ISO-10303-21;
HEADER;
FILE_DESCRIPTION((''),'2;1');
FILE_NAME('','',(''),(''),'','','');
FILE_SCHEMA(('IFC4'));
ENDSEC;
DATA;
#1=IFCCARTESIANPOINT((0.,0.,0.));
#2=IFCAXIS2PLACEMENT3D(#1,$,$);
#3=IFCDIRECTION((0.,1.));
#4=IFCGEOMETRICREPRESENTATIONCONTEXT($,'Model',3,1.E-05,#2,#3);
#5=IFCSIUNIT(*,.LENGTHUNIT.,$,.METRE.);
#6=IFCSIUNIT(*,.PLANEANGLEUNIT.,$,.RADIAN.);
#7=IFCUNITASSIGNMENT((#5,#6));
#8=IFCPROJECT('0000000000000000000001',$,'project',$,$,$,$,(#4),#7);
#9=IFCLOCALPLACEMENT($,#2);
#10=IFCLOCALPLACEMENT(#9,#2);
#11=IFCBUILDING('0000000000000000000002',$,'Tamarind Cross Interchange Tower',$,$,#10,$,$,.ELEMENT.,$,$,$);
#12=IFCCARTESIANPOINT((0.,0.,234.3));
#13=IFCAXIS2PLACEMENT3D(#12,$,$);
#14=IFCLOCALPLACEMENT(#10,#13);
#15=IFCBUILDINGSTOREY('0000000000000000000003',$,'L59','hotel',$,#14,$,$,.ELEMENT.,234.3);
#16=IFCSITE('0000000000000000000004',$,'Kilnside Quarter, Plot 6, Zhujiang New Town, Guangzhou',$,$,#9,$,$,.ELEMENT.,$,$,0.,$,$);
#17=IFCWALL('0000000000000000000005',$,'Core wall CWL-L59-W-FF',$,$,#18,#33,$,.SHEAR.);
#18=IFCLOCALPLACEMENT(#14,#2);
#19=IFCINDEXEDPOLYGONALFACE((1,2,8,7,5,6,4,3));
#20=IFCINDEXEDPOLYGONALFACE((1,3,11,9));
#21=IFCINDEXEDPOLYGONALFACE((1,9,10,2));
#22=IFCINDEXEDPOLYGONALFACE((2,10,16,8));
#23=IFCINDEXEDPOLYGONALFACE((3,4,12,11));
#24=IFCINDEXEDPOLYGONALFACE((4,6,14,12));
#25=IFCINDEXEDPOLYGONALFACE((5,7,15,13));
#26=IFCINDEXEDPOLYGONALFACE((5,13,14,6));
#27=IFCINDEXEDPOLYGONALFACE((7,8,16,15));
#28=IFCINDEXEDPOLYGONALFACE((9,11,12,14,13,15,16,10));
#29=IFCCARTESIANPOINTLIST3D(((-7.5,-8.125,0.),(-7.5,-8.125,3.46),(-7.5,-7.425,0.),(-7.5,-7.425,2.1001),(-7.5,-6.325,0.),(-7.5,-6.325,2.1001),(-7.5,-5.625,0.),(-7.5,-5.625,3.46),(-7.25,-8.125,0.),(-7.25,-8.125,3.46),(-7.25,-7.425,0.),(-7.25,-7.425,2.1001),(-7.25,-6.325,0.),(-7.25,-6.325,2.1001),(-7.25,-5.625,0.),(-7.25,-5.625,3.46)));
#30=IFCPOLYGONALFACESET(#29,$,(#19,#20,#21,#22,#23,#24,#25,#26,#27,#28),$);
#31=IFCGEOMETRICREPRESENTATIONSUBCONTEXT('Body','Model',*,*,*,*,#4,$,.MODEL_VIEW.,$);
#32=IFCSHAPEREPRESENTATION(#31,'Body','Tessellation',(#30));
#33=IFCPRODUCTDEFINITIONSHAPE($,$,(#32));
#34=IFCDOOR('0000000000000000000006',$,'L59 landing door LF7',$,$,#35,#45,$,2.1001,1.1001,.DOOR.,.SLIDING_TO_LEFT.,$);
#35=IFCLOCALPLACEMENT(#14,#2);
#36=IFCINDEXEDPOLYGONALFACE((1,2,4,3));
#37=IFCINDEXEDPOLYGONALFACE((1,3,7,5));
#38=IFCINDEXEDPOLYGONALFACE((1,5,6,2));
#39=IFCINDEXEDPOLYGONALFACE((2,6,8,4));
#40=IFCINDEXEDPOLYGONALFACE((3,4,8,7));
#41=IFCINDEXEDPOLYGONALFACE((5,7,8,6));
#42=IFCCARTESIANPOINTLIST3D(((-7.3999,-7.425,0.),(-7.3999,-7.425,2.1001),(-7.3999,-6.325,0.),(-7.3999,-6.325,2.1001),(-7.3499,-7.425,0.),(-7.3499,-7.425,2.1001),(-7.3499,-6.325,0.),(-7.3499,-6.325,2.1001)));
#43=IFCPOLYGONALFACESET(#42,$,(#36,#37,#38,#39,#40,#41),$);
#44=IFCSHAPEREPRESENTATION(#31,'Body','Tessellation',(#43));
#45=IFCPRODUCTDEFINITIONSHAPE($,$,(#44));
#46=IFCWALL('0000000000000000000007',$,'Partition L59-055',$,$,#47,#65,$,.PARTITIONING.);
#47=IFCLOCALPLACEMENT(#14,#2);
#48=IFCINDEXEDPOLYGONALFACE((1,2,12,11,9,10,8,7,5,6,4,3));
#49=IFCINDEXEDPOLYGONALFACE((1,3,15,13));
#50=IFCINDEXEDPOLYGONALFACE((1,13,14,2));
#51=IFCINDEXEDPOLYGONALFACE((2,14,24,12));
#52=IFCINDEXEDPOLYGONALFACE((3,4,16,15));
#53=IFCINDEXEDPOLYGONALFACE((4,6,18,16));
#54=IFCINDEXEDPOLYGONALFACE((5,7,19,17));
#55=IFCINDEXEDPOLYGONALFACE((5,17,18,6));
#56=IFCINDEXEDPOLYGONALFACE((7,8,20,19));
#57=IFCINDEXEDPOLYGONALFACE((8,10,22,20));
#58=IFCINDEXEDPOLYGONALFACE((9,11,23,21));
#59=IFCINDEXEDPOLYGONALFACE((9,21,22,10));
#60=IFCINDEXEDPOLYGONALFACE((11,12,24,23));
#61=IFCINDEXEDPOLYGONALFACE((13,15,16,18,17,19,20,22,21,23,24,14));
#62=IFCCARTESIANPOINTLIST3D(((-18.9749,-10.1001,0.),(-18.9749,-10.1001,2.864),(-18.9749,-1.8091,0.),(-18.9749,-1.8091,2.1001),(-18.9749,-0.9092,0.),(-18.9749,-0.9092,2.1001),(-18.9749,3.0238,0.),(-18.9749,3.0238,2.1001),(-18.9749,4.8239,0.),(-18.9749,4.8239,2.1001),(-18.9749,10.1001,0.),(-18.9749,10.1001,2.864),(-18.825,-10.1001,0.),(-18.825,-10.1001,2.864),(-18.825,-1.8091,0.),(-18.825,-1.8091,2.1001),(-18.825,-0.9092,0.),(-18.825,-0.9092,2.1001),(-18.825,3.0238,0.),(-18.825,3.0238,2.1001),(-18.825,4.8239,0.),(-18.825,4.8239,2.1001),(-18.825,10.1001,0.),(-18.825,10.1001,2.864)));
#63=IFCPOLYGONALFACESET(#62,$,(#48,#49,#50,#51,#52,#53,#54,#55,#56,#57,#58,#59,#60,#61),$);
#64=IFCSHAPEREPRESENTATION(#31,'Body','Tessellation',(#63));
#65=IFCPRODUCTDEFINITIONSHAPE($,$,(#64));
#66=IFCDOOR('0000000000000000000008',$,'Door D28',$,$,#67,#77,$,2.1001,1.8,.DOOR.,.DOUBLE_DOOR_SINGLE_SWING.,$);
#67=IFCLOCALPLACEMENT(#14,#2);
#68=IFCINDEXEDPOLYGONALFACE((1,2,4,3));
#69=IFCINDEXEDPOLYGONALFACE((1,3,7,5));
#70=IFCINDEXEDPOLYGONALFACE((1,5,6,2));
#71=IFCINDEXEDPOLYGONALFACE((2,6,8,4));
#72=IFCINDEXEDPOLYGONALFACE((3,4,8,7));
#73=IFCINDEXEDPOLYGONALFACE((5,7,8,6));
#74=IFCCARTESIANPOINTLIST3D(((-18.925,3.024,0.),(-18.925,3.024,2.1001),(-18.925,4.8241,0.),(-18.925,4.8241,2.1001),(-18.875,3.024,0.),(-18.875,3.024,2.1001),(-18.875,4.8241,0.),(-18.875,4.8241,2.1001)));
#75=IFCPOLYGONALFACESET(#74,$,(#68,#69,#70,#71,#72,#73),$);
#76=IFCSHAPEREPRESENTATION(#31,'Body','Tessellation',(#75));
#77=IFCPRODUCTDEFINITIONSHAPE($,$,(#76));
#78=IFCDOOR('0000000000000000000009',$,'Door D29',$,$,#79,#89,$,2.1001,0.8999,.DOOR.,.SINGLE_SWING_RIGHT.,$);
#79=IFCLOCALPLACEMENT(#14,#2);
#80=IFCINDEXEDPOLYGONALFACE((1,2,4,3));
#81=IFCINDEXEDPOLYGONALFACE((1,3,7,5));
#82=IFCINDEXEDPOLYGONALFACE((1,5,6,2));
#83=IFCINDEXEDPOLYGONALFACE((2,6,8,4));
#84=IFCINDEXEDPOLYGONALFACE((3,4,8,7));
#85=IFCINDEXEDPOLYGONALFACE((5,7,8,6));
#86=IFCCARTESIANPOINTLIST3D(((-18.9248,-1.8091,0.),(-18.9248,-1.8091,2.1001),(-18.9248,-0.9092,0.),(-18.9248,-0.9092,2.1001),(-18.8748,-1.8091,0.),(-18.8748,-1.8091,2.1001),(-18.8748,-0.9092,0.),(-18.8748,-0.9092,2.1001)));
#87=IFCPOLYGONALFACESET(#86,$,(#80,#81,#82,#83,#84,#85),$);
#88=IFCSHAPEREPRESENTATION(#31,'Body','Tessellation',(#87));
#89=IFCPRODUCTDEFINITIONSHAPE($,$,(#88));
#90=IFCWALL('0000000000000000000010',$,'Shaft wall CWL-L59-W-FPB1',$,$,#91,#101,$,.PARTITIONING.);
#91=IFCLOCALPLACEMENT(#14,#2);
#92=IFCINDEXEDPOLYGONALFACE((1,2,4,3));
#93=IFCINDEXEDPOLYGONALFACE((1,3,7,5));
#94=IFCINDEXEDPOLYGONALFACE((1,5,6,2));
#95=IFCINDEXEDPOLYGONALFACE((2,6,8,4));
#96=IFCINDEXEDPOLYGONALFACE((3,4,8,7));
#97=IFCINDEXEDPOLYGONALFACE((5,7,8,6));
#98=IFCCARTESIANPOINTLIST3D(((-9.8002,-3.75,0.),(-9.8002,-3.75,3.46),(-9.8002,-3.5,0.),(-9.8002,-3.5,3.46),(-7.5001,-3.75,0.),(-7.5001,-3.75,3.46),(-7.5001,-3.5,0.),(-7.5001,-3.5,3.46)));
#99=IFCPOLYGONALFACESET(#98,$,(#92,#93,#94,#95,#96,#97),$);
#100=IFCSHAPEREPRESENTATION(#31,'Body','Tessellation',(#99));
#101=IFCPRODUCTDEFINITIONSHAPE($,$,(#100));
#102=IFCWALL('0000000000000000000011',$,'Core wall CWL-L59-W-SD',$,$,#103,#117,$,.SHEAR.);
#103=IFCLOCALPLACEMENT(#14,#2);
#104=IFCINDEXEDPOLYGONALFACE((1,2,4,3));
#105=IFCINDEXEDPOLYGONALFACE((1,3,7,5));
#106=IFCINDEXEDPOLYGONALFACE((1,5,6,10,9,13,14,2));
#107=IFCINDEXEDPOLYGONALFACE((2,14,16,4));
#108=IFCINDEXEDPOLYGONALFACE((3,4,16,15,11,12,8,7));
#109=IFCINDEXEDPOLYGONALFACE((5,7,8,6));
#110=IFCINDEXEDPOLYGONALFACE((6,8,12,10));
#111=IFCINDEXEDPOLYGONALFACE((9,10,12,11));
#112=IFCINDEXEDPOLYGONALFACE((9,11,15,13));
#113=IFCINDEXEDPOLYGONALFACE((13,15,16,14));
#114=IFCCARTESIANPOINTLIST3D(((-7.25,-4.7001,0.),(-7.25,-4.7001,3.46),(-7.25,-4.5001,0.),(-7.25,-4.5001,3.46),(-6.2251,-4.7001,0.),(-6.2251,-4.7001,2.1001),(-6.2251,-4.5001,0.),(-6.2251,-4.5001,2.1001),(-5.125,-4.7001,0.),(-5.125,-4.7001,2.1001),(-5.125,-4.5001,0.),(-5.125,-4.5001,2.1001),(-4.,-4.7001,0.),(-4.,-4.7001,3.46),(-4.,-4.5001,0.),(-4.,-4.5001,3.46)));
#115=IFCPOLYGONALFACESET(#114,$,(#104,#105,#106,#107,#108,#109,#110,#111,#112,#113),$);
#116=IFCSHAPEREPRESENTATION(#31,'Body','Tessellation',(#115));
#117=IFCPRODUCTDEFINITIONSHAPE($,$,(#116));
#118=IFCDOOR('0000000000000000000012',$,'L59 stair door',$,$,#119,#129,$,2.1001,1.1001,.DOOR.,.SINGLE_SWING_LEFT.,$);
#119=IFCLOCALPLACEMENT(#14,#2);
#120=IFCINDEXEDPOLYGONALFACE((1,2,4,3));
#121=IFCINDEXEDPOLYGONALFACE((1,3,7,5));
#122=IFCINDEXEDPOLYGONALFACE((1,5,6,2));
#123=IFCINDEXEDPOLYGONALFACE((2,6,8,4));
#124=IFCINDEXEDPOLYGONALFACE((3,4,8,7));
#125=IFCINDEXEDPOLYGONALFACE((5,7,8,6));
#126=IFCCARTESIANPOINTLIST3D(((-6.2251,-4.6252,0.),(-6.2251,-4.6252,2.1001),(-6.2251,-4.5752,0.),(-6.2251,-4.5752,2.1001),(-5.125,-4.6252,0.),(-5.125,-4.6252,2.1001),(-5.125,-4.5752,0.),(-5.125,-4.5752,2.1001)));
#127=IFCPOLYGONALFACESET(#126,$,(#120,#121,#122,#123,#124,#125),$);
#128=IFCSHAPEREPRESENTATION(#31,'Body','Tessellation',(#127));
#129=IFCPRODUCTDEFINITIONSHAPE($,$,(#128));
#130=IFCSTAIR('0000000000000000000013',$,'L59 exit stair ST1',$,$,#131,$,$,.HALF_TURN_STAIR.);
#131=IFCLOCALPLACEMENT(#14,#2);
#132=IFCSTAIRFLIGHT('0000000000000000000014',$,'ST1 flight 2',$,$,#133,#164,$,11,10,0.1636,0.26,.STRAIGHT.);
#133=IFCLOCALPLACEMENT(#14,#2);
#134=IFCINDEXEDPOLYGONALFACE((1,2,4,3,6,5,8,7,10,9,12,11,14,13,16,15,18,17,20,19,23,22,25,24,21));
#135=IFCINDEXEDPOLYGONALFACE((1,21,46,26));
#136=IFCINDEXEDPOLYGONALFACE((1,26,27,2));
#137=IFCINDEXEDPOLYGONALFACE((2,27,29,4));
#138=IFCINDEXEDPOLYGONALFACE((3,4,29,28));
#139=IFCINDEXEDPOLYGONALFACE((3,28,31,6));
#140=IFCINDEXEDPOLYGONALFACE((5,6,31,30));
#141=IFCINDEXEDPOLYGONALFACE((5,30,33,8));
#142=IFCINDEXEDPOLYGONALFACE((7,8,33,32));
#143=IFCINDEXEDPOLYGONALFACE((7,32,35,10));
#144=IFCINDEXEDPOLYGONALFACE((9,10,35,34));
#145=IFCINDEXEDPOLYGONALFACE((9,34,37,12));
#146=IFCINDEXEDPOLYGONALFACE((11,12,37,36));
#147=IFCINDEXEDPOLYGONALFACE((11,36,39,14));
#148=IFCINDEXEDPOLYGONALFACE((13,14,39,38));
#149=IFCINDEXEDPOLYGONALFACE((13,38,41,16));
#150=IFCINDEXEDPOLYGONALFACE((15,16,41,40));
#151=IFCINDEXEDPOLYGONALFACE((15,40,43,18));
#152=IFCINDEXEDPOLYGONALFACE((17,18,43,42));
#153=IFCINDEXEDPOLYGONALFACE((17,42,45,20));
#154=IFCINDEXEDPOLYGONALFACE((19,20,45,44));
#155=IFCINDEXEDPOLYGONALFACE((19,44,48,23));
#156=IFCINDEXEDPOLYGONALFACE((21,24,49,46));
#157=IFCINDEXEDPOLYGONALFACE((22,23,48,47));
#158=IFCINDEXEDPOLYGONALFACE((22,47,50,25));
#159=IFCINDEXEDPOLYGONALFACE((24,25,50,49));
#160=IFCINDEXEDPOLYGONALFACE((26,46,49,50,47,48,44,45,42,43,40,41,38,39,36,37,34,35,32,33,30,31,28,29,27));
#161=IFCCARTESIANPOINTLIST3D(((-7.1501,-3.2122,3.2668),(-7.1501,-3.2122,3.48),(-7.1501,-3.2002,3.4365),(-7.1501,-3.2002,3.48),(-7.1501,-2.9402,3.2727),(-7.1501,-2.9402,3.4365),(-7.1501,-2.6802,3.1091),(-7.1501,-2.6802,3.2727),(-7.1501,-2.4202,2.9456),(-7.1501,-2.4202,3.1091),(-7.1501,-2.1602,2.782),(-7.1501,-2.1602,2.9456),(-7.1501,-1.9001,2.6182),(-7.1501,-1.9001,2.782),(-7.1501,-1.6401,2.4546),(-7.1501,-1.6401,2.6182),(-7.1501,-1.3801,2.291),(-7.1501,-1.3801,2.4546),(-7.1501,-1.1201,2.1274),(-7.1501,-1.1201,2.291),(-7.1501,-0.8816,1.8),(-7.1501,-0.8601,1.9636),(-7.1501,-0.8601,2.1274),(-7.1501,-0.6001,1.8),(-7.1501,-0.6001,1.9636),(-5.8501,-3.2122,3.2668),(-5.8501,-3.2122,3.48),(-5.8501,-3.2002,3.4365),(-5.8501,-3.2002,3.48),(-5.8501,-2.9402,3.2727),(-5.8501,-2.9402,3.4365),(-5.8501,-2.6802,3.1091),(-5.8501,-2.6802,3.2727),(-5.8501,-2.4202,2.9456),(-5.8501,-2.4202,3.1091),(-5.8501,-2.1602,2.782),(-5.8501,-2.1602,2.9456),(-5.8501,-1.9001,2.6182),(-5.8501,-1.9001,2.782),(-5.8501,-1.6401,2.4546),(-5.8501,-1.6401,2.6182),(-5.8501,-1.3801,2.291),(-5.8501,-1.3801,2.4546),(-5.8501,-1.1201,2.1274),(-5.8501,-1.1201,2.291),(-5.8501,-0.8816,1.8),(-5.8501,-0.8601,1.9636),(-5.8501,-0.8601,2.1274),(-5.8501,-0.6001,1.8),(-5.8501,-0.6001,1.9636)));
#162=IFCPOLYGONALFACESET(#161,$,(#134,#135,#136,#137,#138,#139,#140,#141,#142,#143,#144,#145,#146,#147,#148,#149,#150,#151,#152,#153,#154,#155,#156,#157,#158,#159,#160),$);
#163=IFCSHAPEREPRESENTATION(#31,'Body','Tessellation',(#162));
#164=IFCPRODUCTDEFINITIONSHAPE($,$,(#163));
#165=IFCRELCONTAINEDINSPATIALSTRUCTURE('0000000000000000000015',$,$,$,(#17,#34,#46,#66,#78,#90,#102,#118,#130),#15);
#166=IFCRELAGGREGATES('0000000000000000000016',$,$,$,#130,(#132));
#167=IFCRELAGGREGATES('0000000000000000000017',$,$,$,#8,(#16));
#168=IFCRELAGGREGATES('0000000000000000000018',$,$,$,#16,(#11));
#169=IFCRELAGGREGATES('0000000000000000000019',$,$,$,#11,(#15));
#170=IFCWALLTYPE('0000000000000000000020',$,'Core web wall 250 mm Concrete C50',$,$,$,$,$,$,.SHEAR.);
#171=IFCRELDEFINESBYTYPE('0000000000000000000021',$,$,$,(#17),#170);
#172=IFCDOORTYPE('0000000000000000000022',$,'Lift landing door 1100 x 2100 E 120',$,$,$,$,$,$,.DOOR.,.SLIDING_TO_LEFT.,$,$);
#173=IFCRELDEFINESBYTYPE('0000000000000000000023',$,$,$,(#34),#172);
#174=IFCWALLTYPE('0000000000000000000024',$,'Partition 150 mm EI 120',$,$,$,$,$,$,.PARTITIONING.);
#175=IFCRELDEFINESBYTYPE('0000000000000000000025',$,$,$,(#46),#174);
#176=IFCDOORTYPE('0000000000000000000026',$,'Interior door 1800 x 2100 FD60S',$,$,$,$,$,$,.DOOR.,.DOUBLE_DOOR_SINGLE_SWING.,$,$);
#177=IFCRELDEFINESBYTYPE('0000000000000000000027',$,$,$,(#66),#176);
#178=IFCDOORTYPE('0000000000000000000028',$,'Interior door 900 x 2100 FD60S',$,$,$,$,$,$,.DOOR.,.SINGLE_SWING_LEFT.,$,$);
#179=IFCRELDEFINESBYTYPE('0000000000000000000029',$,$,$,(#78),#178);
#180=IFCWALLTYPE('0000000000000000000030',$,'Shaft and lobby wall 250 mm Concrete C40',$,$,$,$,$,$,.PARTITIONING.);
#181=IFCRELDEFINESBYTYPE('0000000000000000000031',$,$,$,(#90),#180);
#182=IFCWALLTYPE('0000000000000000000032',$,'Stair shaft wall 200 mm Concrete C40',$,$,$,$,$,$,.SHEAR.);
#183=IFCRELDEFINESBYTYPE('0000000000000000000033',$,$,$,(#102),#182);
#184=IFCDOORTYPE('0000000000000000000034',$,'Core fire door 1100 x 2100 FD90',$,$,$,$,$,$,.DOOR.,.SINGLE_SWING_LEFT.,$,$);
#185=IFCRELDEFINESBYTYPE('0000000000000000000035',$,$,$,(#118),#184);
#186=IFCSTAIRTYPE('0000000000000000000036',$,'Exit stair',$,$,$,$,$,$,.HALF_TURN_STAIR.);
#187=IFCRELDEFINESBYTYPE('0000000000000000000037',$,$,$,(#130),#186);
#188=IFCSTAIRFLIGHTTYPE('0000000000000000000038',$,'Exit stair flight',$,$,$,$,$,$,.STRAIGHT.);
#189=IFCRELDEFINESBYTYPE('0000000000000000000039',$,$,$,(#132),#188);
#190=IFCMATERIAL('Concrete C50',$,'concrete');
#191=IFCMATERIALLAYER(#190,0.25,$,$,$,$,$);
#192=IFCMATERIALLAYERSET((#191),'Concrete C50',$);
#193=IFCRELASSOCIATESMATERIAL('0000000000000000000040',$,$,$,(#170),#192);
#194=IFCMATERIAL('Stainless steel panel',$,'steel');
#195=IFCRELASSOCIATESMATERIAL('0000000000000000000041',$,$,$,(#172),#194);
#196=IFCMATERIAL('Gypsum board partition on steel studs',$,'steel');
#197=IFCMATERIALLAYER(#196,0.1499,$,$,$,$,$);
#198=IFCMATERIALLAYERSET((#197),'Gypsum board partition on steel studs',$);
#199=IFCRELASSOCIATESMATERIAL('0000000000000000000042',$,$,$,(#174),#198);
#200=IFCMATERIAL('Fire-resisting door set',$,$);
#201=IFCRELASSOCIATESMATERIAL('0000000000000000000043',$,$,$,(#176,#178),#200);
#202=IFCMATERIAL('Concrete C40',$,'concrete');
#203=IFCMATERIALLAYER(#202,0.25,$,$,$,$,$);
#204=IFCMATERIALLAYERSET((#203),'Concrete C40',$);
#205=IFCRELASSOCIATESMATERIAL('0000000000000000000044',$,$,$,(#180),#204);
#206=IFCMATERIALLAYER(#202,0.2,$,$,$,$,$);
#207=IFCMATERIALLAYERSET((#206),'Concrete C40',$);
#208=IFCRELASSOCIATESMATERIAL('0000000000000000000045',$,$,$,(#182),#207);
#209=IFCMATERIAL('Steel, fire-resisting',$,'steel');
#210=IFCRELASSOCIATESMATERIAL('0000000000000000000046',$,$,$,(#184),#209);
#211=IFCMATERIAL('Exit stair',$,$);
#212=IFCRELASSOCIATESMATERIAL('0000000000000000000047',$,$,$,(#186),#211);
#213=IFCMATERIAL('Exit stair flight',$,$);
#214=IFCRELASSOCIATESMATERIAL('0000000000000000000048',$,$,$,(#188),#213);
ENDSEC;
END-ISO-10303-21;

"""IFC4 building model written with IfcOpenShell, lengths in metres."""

from ifc_helpers import new_model, si_unit, direction, frame, frame_2d, origin, place, context, subcontext, project, spatial, polyline, rectangle, outline, extrude, material, layer, layer_set, type_object, element, fill, aggregate, save


model = new_model("IFC4")

# Units and contexts
model_context = context("Model", 3, precision=1e-05, world=origin(), true_north=direction((0.0, 1.0)))
body_context = subcontext(model_context, "Body", "Model", "MODEL_VIEW")
ifc_project = project(units=[si_unit("LENGTHUNIT", "METRE"), si_unit("PLANEANGLEUNIT", "RADIAN")], contexts=[model_context])

# Site, building, storey
site_placement = place(None, origin())
site = spatial("IfcSite", under=ifc_project, at=site_placement, Name="Kilnside Quarter, Plot 6, Zhujiang New Town, Guangzhou", CompositionType="ELEMENT", RefElevation=0.0)
building_placement = place(site_placement, origin())
building = spatial("IfcBuilding", under=site, at=building_placement, Name="Tamarind Cross Interchange Tower", CompositionType="ELEMENT")
storey_placement = place(building_placement, frame((0.0, 0.0, 234.3)))
storey = spatial("IfcBuildingStorey", under=building, at=storey_placement, Name="L59", Description="hotel", CompositionType="ELEMENT", Elevation=234.3)

# Shared definitions
ifc_material_1 = material(Name="Concrete C50", Category="concrete")

# Shared definitions
ifc_material_2 = material(Name="Steel, fire-resisting", Category="steel")

# Shared definitions
ifc_layer_1 = layer(ifc_material_1, 0.25)
ifc_layer_set_1 = layer_set([ifc_layer_1], Name="Concrete C50")
wall_type_1 = type_object("IfcWallType", Name="Core web wall 250 mm Concrete C50", PredefinedType="SHEAR", material=ifc_layer_set_1)

# Shared definitions
ifc_material_3 = material(Name="Stainless steel panel", Category="steel")
door_type_1 = type_object("IfcDoorType", Name="Lift landing door 1100 x 2100 E 120", OperationType="SLIDING_TO_LEFT", PredefinedType="DOOR", material=ifc_material_3)

# Wall, opening, door
wall_1_placement = place(storey_placement, frame((-7.375, -8.125, 0.0), z_axis=(0.0, 0.0, 1.0), x_axis=(0.0, 1.0, 0.0)))
wall_1 = element("IfcWall", 1, at=wall_1_placement, inside=storey, type_object=wall_type_1, Name="Core wall CWL-L59-W-FF", PredefinedType="SHEAR", context=body_context, shape_type="SweptSolid", body=[
    extrude(rectangle(XDim=2.5, YDim=0.25, at=frame_2d((1.25, 0.0))), origin(), (0.0, 0.0, 1.0), 3.46),
])
opening_1_placement = place(wall_1_placement, frame((0.7, 0.0, 0.0)))
opening_1 = element("IfcOpeningElement", 2, at=opening_1_placement, cuts=wall_1, PredefinedType="OPENING", context=body_context, shape_type="SweptSolid", body=[
    extrude(rectangle(XDim=1.1001, YDim=2.1001, at=frame_2d((0.55, 1.05))), frame((0.0, 0.135, 0.0), z_axis=(0.0, -1.0, 0.0), x_axis=(1.0, 0.0, 0.0)), (0.0, 0.0, 1.0), 0.27),
])
door_1_placement = place(opening_1_placement, origin())
door_1 = element("IfcDoor", 3, at=door_1_placement, inside=storey, type_object=door_type_1, Name="L59 landing door LF7", OperationType="SLIDING_TO_LEFT", OverallHeight=2.1001, OverallWidth=1.1001, PredefinedType="DOOR", context=body_context, shape_type="SweptSolid", body=[
    extrude(rectangle(XDim=1.1001, YDim=2.1001, at=frame_2d((0.55, 1.05))), frame((0.0, 0.0249, 0.0), z_axis=(0.0, -1.0, 0.0), x_axis=(1.0, 0.0, 0.0)), (0.0, 0.0, 1.0), 0.05),
])
fill(opening_1, door_1)

# Wall, openings, doors
ifc_material_4 = material(Name="Gypsum board partition on steel studs", Category="steel")
ifc_layer_2 = layer(ifc_material_4, 0.1499)
ifc_layer_set_2 = layer_set([ifc_layer_2], Name="Gypsum board partition on steel studs")
wall_type_2 = type_object("IfcWallType", Name="Partition 150 mm EI 120", PredefinedType="PARTITIONING", material=ifc_layer_set_2)
wall_2_placement = place(storey_placement, frame((-18.8999, -10.1001, 0.0), z_axis=(0.0, 0.0, 1.0), x_axis=(0.0, 1.0, 0.0)))
wall_2 = element("IfcWall", 4, at=wall_2_placement, inside=storey, type_object=wall_type_2, Name="Partition L59-055", PredefinedType="PARTITIONING", context=body_context, shape_type="SweptSolid", body=[
    extrude(rectangle(XDim=20.2002, YDim=0.1499, at=frame_2d((10.1001, 0.0))), origin(), (0.0, 0.0, 1.0), 2.864),
])
opening_2_placement = place(wall_2_placement, frame((13.124, 0.0, 0.0)))
opening_2 = element("IfcOpeningElement", 5, at=opening_2_placement, cuts=wall_2, PredefinedType="OPENING", context=body_context, shape_type="SweptSolid", body=[
    extrude(rectangle(XDim=1.8, YDim=2.1001, at=frame_2d((0.8999, 1.05))), frame((0.0, 0.085, 0.0), z_axis=(0.0, -1.0, 0.0), x_axis=(1.0, 0.0, 0.0)), (0.0, 0.0, 1.0), 0.1699),
])
opening_3_placement = place(wall_2_placement, frame((8.291, 0.0, 0.0)))
opening_3 = element("IfcOpeningElement", 6, at=opening_3_placement, cuts=wall_2, PredefinedType="OPENING", context=body_context, shape_type="SweptSolid", body=[
    extrude(rectangle(XDim=0.8999, YDim=2.1001, at=frame_2d((0.45, 1.05))), frame((0.0, 0.085, 0.0), z_axis=(0.0, -1.0, 0.0), x_axis=(1.0, 0.0, 0.0)), (0.0, 0.0, 1.0), 0.1699),
])
ifc_material_5 = material(Name="Fire-resisting door set")
door_type_2 = type_object("IfcDoorType", Name="Interior door 1800 x 2100 FD60S", OperationType="DOUBLE_DOOR_SINGLE_SWING", PredefinedType="DOOR", material=ifc_material_5)
door_2_placement = place(opening_2_placement, frame((1.8, 0.0, 0.0), z_axis=(0.0, 0.0, 1.0), x_axis=(-1.0, 0.0, 0.0)))
door_2 = element("IfcDoor", 7, at=door_2_placement, inside=storey, type_object=door_type_2, Name="Door D28", OperationType="DOUBLE_DOOR_SINGLE_SWING", OverallHeight=2.1001, OverallWidth=1.8, PredefinedType="DOOR", context=body_context, shape_type="SweptSolid", body=[
    extrude(rectangle(XDim=1.8, YDim=2.1001, at=frame_2d((0.8999, 1.05))), frame((0.0, 0.0249, 0.0), z_axis=(0.0, -1.0, 0.0), x_axis=(1.0, 0.0, 0.0)), (0.0, 0.0, 1.0), 0.05),
])
fill(opening_2, door_2)
door_type_3 = type_object("IfcDoorType", Name="Interior door 900 x 2100 FD60S", OperationType="SINGLE_SWING_LEFT", PredefinedType="DOOR", material=ifc_material_5)
door_3_placement = place(opening_3_placement, origin())
door_3 = element("IfcDoor", 8, at=door_3_placement, inside=storey, type_object=door_type_3, Name="Door D29", OperationType="SINGLE_SWING_RIGHT", OverallHeight=2.1001, OverallWidth=0.8999, PredefinedType="DOOR", context=body_context, shape_type="SweptSolid", body=[
    extrude(rectangle(XDim=0.8999, YDim=2.1001, at=frame_2d((0.45, 1.05))), frame((0.0, 0.0249, 0.0), z_axis=(0.0, -1.0, 0.0), x_axis=(1.0, 0.0, 0.0)), (0.0, 0.0, 1.0), 0.05),
])
fill(opening_3, door_3)

# Wall
ifc_material_6 = material(Name="Concrete C40", Category="concrete")
ifc_layer_3 = layer(ifc_material_6, 0.25)
ifc_layer_set_3 = layer_set([ifc_layer_3], Name="Concrete C40")
wall_type_3 = type_object("IfcWallType", Name="Shaft and lobby wall 250 mm Concrete C40", PredefinedType="PARTITIONING", material=ifc_layer_set_3)
wall_3_placement = place(storey_placement, frame((-9.8, -3.625, 0.0), z_axis=(0.0, 0.0, 1.0), x_axis=(1.0, 0.0, 0.0)))
element("IfcWall", 9, at=wall_3_placement, inside=storey, type_object=wall_type_3, Name="Shaft wall CWL-L59-W-FPB1", PredefinedType="PARTITIONING", context=body_context, shape_type="SweptSolid", body=[
    extrude(rectangle(XDim=2.3, YDim=0.25, at=frame_2d((1.1499, 0.0))), origin(), (0.0, 0.0, 1.0), 3.46),
])

# Wall, opening, door
ifc_layer_4 = layer(ifc_material_6, 0.2)
ifc_layer_set_4 = layer_set([ifc_layer_4], Name="Concrete C40")
wall_type_4 = type_object("IfcWallType", Name="Stair shaft wall 200 mm Concrete C40", PredefinedType="SHEAR", material=ifc_layer_set_4)
wall_4_placement = place(storey_placement, frame((-7.25, -4.6001, 0.0), z_axis=(0.0, 0.0, 1.0), x_axis=(1.0, 0.0, 0.0)))
wall_4 = element("IfcWall", 10, at=wall_4_placement, inside=storey, type_object=wall_type_4, Name="Core wall CWL-L59-W-SD", PredefinedType="SHEAR", context=body_context, shape_type="SweptSolid", body=[
    extrude(rectangle(XDim=3.25, YDim=0.2, at=frame_2d((1.625, 0.0))), origin(), (0.0, 0.0, 1.0), 3.46),
])
opening_4_placement = place(wall_4_placement, frame((1.0249, 0.0, 0.0)))
opening_4 = element("IfcOpeningElement", 11, at=opening_4_placement, cuts=wall_4, PredefinedType="OPENING", context=body_context, shape_type="SweptSolid", body=[
    extrude(rectangle(XDim=1.1001, YDim=2.1001, at=frame_2d((0.55, 1.05))), frame((0.0, 0.1099, 0.0), z_axis=(0.0, -1.0, 0.0), x_axis=(1.0, 0.0, 0.0)), (0.0, 0.0, 1.0), 0.22),
])
door_type_4 = type_object("IfcDoorType", Name="Core fire door 1100 x 2100 FD90", OperationType="SINGLE_SWING_LEFT", PredefinedType="DOOR", material=ifc_material_2)
door_4_placement = place(opening_4_placement, origin())
door_4 = element("IfcDoor", 12, at=door_4_placement, inside=storey, type_object=door_type_4, Name="L59 stair door", OperationType="SINGLE_SWING_LEFT", OverallHeight=2.1001, OverallWidth=1.1001, PredefinedType="DOOR", context=body_context, shape_type="SweptSolid", body=[
    extrude(rectangle(XDim=1.1001, YDim=2.1001, at=frame_2d((0.55, 1.05))), frame((0.0, 0.0249, 0.0), z_axis=(0.0, -1.0, 0.0), x_axis=(1.0, 0.0, 0.0)), (0.0, 0.0, 1.0), 0.05),
])
fill(opening_4, door_4)

# Stair, stair flight
ifc_material_7 = material(Name="Exit stair")
stair_type = type_object("IfcStairType", Name="Exit stair", PredefinedType="HALF_TURN_STAIR", material=ifc_material_7)
stair_placement = place(storey_placement, origin())
stair = element("IfcStair", 13, at=stair_placement, inside=storey, type_object=stair_type, Name="L59 exit stair ST1", PredefinedType="HALF_TURN_STAIR")
ifc_material_8 = material(Name="Exit stair flight")
stair_flight_type = type_object("IfcStairFlightType", Name="Exit stair flight", PredefinedType="STRAIGHT", material=ifc_material_8)
stair_flight_placement = place(storey_placement, frame((-6.5, -0.6001, 1.8), z_axis=(0.0, 0.0, 1.0), x_axis=(0.0, -1.0, 0.0)))
stair_flight = element("IfcStairFlight", 14, at=stair_flight_placement, type_object=stair_flight_type, Name="ST1 flight 2", NumberOfRisers=11, NumberOfTreads=10, PredefinedType="STRAIGHT", RiserHeight=0.1636, TreadLength=0.26, context=body_context, shape_type="SweptSolid", body=[
    extrude(outline(polyline([(0.0, 0.0), (0.0, 0.1636), (0.26, 0.1636), (0.26, 0.3274), (0.52, 0.3274), (0.52, 0.491), (0.78, 0.491), (0.78, 0.6545), (1.04, 0.6545), (1.04, 0.8181), (1.3, 0.8181), (1.3, 0.9819), (1.5601, 0.9819), (1.5601, 1.1455), (1.8201, 1.1455), (1.8201, 1.3091), (2.0801, 1.3091), (2.0801, 1.4727), (2.3401, 1.4727), (2.3401, 1.6365), (2.6001, 1.6365), (2.6001, 1.6799), (2.6121, 1.6799), (2.6121, 1.4668), (0.2815, 0.0), (0.0, 0.0)])), frame((0.0, 0.6499, 0.0), z_axis=(0.0, -1.0, 0.0), x_axis=(1.0, 0.0, 0.0)), (0.0, 0.0, 1.0), 1.3),
])
aggregate(stair, [stair_flight])

save(model, "model.ifc")
